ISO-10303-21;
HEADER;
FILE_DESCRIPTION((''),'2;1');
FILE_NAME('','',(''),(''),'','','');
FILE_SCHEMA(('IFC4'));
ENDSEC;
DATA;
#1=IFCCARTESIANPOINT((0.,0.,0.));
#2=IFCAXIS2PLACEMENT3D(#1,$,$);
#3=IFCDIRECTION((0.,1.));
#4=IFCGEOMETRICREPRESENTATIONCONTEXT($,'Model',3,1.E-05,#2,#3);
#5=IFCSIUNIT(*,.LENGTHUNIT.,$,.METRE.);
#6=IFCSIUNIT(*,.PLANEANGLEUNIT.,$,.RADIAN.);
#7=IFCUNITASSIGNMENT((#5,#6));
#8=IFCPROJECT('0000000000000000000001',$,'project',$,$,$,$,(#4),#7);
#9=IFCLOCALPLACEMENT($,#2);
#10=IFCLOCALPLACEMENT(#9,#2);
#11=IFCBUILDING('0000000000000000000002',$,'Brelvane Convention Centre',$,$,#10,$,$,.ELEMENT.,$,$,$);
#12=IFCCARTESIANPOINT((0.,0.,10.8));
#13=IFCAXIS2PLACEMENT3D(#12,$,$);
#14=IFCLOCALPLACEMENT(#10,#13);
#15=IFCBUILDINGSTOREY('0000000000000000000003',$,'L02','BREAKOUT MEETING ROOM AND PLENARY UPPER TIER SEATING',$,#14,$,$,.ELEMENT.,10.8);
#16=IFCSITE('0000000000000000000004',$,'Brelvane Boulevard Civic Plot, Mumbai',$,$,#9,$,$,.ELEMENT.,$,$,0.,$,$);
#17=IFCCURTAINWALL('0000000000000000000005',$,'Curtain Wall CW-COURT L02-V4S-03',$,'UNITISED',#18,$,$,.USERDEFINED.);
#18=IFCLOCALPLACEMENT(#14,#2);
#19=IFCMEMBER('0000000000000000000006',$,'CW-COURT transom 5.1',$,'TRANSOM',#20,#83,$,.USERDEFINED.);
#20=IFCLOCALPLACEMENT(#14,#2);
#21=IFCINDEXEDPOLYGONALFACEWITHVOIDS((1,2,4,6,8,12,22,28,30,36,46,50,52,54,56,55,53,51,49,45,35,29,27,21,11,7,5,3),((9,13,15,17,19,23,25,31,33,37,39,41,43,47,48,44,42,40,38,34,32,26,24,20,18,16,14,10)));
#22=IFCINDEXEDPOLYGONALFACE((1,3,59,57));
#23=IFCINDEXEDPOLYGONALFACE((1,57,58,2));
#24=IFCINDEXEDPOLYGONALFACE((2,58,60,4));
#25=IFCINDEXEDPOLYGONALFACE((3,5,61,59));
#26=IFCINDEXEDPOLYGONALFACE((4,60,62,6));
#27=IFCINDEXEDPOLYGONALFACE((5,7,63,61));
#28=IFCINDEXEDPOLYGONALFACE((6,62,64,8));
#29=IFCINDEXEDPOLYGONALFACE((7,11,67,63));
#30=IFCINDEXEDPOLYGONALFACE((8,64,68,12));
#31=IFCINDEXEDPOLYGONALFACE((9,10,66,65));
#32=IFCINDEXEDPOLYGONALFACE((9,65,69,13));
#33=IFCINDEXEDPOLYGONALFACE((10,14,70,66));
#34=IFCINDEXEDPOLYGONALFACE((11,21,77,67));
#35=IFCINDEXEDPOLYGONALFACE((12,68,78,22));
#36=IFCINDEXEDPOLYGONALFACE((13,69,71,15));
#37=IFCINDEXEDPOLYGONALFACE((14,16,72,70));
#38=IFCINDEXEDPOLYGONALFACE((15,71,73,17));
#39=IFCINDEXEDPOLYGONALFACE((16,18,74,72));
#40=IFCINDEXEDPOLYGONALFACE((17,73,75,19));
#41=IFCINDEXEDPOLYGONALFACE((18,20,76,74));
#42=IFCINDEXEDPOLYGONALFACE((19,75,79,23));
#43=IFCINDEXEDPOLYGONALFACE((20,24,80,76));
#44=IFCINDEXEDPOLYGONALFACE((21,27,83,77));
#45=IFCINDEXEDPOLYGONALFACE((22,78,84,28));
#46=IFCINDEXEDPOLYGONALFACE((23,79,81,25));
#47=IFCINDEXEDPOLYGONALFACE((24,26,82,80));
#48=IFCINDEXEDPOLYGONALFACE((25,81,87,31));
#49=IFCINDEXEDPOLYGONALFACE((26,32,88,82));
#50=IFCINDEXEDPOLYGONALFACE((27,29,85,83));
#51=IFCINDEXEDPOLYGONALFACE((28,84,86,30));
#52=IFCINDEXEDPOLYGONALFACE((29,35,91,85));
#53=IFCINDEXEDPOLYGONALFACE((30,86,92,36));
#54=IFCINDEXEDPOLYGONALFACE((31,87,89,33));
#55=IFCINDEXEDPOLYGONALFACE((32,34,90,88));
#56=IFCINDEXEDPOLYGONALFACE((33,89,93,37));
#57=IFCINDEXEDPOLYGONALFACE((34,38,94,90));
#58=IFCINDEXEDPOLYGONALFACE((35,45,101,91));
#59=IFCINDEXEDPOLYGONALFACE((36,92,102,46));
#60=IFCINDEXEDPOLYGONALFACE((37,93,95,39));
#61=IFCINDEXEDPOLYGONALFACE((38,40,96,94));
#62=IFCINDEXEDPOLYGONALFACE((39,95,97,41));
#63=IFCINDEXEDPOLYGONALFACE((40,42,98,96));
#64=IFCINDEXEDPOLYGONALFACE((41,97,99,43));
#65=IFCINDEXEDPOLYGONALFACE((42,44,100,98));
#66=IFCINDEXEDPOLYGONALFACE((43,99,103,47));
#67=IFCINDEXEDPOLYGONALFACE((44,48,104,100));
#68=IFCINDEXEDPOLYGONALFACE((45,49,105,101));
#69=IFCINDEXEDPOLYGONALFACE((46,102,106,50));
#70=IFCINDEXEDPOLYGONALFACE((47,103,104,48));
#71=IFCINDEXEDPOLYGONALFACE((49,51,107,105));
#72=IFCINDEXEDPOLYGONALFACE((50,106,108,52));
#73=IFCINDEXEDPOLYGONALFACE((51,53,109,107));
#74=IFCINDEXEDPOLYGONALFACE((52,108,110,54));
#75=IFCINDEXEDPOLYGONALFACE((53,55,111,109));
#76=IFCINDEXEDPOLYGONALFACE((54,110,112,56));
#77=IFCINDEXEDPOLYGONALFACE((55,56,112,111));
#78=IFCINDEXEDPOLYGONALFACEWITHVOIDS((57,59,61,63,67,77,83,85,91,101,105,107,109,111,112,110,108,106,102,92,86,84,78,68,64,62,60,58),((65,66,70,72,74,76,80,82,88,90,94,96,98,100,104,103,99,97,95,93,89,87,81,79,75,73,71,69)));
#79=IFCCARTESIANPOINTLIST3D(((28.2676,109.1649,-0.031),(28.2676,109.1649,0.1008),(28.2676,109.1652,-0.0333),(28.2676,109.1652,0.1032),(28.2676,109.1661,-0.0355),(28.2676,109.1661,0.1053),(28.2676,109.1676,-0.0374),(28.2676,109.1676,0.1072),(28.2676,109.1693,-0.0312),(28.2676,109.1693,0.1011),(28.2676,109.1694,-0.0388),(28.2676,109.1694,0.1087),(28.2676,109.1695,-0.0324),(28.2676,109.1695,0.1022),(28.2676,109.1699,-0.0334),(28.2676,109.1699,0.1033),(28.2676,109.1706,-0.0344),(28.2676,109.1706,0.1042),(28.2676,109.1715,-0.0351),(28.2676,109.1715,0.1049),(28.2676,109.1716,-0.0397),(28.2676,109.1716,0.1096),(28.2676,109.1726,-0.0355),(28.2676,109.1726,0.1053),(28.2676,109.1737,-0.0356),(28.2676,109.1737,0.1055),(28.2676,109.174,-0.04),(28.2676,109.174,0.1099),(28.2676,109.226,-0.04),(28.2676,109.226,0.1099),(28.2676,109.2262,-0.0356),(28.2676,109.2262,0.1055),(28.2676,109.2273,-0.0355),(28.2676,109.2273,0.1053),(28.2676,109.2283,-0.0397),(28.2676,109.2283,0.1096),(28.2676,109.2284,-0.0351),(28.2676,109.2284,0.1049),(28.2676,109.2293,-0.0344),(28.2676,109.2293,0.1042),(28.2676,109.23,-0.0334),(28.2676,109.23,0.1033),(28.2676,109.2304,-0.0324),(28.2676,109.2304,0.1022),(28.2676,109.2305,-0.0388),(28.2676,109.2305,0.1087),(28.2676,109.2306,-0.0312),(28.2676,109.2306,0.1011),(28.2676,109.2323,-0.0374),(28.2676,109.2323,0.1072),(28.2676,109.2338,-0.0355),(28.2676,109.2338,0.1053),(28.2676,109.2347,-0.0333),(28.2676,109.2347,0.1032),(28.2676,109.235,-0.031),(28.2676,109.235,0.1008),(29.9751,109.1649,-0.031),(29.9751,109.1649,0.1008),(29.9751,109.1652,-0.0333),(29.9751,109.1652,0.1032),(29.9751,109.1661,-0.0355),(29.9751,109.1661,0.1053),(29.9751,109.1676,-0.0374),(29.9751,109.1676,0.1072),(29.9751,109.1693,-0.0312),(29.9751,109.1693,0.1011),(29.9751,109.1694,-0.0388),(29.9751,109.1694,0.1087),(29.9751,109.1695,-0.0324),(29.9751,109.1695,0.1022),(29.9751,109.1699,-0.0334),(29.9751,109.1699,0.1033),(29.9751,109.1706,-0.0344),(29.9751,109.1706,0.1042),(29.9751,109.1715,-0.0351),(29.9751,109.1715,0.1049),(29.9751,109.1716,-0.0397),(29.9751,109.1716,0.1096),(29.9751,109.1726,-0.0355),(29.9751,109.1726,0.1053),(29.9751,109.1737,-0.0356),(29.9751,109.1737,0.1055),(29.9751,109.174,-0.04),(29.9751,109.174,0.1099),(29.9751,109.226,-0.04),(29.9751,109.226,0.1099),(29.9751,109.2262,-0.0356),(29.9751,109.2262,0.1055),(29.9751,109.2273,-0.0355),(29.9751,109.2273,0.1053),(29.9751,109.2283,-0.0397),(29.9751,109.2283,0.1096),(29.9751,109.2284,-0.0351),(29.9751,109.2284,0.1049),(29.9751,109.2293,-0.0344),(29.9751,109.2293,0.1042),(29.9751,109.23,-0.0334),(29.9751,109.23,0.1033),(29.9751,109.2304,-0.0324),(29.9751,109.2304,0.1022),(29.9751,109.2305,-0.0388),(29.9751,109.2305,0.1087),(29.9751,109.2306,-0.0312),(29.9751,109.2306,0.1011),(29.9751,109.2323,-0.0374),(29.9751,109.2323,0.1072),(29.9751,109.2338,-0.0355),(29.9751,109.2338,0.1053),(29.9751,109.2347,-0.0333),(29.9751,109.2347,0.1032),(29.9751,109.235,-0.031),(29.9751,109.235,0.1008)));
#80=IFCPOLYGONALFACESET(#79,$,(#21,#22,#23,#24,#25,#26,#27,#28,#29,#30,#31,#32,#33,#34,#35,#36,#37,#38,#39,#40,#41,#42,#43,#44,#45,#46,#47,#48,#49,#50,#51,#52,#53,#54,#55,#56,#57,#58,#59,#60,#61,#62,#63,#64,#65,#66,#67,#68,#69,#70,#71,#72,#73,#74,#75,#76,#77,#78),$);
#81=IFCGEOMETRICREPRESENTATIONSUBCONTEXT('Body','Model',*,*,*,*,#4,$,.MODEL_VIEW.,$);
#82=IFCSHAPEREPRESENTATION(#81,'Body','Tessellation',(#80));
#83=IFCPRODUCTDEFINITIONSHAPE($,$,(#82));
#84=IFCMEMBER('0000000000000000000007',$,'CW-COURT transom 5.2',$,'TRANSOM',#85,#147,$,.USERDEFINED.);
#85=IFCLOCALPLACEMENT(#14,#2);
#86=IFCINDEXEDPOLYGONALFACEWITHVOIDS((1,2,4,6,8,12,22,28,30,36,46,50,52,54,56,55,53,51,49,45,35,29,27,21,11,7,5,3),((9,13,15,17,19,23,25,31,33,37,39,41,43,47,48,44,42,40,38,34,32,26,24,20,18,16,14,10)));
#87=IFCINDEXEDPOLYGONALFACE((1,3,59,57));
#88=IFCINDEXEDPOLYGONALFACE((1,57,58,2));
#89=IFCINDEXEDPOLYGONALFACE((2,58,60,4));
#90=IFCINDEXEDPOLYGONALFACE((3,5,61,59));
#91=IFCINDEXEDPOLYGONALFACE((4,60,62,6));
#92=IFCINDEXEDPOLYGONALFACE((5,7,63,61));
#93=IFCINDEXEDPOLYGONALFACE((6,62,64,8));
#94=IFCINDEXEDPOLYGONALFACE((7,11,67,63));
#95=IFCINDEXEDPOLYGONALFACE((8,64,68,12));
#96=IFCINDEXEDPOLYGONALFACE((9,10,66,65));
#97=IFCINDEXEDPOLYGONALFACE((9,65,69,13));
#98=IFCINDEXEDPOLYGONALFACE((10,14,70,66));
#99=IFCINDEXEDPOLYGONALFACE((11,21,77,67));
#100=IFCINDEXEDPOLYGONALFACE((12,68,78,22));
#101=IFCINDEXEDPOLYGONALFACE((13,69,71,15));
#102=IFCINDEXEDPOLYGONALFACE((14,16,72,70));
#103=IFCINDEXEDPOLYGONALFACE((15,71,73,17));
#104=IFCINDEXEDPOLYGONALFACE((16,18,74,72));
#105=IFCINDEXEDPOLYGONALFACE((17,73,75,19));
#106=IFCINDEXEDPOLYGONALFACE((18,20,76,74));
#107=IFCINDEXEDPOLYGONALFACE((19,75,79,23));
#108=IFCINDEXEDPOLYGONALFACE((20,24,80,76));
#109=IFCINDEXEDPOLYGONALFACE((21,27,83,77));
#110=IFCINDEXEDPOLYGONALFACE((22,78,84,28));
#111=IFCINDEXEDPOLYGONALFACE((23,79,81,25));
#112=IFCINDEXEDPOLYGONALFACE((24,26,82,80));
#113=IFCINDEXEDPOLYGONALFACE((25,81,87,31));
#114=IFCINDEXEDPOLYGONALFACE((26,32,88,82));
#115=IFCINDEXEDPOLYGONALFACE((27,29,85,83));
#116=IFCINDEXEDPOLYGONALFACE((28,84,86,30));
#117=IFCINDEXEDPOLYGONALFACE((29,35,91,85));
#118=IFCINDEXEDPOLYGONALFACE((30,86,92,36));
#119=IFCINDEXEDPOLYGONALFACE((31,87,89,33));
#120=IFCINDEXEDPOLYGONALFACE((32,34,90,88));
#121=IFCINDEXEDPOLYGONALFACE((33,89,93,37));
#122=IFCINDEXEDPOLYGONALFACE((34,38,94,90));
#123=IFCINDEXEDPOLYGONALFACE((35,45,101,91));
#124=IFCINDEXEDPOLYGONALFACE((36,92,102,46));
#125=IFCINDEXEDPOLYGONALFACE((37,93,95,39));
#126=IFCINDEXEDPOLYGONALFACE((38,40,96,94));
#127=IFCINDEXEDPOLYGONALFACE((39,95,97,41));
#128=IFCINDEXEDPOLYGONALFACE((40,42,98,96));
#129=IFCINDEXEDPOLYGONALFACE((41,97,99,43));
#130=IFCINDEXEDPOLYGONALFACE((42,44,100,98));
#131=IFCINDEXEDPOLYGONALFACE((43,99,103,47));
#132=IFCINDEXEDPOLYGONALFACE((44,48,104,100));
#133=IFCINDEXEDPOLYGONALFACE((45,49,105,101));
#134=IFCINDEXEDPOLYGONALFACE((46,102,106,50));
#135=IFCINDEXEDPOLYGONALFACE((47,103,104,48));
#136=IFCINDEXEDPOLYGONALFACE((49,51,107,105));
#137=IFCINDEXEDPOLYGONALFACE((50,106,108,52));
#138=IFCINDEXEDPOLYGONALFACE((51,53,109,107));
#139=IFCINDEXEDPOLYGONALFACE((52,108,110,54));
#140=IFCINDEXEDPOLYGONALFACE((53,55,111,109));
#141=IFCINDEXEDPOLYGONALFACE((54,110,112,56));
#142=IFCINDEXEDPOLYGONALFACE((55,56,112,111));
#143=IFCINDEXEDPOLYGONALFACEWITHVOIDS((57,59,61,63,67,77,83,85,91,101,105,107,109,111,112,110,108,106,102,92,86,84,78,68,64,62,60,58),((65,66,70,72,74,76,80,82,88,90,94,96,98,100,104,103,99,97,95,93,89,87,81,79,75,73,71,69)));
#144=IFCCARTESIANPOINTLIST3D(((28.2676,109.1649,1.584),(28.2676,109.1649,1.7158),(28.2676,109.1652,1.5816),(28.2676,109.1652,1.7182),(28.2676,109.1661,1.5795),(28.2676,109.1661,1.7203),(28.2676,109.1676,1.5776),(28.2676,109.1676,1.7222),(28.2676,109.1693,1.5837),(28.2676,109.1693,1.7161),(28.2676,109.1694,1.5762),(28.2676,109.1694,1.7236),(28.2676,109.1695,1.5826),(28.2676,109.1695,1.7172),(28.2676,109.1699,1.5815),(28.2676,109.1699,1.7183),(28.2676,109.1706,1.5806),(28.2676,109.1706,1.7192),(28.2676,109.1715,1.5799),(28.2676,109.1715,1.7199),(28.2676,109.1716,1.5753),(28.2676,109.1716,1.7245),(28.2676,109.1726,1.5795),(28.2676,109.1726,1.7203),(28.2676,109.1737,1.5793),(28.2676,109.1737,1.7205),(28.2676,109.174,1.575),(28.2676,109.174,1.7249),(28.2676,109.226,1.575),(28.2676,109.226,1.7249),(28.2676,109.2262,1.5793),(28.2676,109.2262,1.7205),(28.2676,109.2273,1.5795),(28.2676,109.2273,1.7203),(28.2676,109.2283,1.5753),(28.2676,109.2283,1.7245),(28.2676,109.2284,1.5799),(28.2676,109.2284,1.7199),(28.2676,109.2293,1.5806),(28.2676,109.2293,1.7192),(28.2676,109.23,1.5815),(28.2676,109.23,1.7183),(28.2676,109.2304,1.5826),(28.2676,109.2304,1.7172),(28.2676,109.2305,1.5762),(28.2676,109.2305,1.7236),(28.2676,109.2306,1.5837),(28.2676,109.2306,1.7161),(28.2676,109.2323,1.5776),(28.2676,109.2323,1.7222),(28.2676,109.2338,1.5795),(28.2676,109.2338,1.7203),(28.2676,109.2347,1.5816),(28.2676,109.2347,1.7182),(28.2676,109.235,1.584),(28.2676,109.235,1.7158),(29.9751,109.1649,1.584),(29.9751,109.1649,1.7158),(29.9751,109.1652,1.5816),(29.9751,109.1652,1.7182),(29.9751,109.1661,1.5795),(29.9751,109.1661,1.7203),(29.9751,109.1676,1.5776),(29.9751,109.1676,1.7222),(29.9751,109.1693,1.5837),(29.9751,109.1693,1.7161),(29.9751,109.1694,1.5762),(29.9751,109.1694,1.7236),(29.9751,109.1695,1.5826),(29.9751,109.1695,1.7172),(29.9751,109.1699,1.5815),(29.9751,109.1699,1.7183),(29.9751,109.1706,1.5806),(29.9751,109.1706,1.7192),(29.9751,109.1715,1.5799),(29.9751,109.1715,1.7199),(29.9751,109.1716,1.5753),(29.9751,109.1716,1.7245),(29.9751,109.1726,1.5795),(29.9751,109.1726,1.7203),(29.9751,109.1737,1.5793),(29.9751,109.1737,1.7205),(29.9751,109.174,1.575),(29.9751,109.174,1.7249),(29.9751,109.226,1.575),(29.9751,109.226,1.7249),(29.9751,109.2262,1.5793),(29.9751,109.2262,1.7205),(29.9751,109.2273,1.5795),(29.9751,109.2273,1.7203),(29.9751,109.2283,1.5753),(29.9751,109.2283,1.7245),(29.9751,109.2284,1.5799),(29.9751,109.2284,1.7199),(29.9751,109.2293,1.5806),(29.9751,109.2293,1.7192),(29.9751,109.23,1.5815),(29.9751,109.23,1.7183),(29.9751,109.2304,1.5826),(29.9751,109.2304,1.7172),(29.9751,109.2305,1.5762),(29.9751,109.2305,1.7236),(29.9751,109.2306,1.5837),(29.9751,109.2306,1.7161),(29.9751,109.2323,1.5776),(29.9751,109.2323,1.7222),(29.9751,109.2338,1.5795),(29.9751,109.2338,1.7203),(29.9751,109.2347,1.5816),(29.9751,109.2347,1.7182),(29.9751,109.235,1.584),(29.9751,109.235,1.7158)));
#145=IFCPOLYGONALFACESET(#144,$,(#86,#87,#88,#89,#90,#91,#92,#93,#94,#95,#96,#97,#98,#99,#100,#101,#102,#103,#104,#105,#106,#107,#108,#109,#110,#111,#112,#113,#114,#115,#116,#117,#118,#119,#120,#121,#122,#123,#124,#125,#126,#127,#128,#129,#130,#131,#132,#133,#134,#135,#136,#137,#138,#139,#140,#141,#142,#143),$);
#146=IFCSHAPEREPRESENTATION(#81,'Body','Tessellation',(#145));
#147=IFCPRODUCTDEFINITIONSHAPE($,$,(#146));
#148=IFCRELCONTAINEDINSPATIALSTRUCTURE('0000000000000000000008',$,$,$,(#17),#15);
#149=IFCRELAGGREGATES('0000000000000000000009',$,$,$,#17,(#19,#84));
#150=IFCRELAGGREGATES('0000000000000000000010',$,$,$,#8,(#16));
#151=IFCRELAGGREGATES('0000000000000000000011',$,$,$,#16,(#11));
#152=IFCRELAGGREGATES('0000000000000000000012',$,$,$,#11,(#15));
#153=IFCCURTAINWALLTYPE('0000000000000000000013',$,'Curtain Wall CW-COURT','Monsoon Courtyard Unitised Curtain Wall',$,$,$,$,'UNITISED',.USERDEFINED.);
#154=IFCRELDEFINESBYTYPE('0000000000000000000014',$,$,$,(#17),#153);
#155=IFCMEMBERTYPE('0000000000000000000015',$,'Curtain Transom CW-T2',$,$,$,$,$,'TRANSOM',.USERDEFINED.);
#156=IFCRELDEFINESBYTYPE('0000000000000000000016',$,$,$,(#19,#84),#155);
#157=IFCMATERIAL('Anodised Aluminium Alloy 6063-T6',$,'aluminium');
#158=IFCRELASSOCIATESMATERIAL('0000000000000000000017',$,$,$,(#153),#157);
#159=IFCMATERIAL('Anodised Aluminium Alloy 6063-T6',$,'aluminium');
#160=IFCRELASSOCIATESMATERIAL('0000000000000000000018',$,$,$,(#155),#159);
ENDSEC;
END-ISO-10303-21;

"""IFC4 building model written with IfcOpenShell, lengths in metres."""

from ifc_helpers import new_model, si_unit, direction, frame, origin, origin_2d, place, context, subcontext, project, spatial, hollow_rectangle, extrude, material, material_profile, profile_set, type_object, element, aggregate, save


model = new_model("IFC4")

# Units and contexts
model_context = context("Model", 3, precision=1e-05, world=origin(), true_north=direction((0.0, 1.0)))
body_context = subcontext(model_context, "Body", "Model", "MODEL_VIEW")
ifc_project = project(units=[si_unit("LENGTHUNIT", "METRE"), si_unit("PLANEANGLEUNIT", "RADIAN")], contexts=[model_context])

# Site, building, storey
site_placement = place(None, origin())
site = spatial("IfcSite", under=ifc_project, at=site_placement, Name="Brelvane Boulevard Civic Plot, Mumbai", CompositionType="ELEMENT", RefElevation=0.0)
building_placement = place(site_placement, origin())
building = spatial("IfcBuilding", under=site, at=building_placement, Name="Brelvane Convention Centre", CompositionType="ELEMENT")
storey_placement = place(building_placement, frame((0.0, 0.0, 10.8)))
storey = spatial("IfcBuildingStorey", under=building, at=storey_placement, Name="L02", Description="BREAKOUT MEETING ROOM AND PLENARY UPPER TIER SEATING", CompositionType="ELEMENT", Elevation=10.8)

# Curtain wall, members
ifc_material_1 = material(Name="Anodised Aluminium Alloy 6063-T6", Category="aluminium")
curtain_wall_type = type_object("IfcCurtainWallType", Name="Curtain Wall CW-COURT", Description="Monsoon Courtyard Unitised Curtain Wall", ElementType="UNITISED", PredefinedType="USERDEFINED", material=ifc_material_1)
curtain_wall_placement = place(storey_placement, origin())
curtain_wall = element("IfcCurtainWall", 1, at=curtain_wall_placement, inside=storey, type_object=curtain_wall_type, Name="Curtain Wall CW-COURT L02-V4S-03", ObjectType="UNITISED", PredefinedType="USERDEFINED")
ifc_material_2 = material(Name="Anodised Aluminium Alloy 6063-T6", Category="aluminium")
ifc_material_profile_1 = material_profile(ifc_material_2, hollow_rectangle(XDim=0.0701, YDim=0.1499, WallThickness=0.0044, InnerFilletRadius=0.0044, OuterFilletRadius=0.009, at=origin_2d()), Name="ALU-T 150x70x4.5")
ifc_profile_set_1 = profile_set([ifc_material_profile_1], Name="Anodised Aluminium Alloy 6063-T6")
member_type_1 = type_object("IfcMemberType", Name="Curtain Transom CW-T2", ElementType="TRANSOM", PredefinedType="USERDEFINED", material=ifc_profile_set_1)
member_1_placement = place(storey_placement, frame((28.2676, 109.2, 0.0349), z_axis=(1.0, 0.0, 0.0), x_axis=(0.0, 1.0, 0.0)))
member_1 = element("IfcMember", 2, at=member_1_placement, type_object=member_type_1, Name="CW-COURT transom 5.1", ObjectType="TRANSOM", PredefinedType="USERDEFINED", context=body_context, shape_type="SweptSolid", body=[
    extrude(hollow_rectangle(XDim=0.0701, YDim=0.1499, WallThickness=0.0044, InnerFilletRadius=0.0044, OuterFilletRadius=0.009, at=origin_2d()), origin(), (0.0, 0.0, 1.0), 1.7075),
])
member_2_placement = place(storey_placement, frame((28.2676, 109.2, 1.6499), z_axis=(1.0, 0.0, 0.0), x_axis=(0.0, 1.0, 0.0)))
member_2 = element("IfcMember", 3, at=member_2_placement, type_object=member_type_1, Name="CW-COURT transom 5.2", ObjectType="TRANSOM", PredefinedType="USERDEFINED", context=body_context, shape_type="SweptSolid", body=[
    extrude(hollow_rectangle(XDim=0.0701, YDim=0.1499, WallThickness=0.0044, InnerFilletRadius=0.0044, OuterFilletRadius=0.009, at=origin_2d()), origin(), (0.0, 0.0, 1.0), 1.7075),
])

aggregate(curtain_wall, [member_1, member_2])

save(model, "model.ifc")
